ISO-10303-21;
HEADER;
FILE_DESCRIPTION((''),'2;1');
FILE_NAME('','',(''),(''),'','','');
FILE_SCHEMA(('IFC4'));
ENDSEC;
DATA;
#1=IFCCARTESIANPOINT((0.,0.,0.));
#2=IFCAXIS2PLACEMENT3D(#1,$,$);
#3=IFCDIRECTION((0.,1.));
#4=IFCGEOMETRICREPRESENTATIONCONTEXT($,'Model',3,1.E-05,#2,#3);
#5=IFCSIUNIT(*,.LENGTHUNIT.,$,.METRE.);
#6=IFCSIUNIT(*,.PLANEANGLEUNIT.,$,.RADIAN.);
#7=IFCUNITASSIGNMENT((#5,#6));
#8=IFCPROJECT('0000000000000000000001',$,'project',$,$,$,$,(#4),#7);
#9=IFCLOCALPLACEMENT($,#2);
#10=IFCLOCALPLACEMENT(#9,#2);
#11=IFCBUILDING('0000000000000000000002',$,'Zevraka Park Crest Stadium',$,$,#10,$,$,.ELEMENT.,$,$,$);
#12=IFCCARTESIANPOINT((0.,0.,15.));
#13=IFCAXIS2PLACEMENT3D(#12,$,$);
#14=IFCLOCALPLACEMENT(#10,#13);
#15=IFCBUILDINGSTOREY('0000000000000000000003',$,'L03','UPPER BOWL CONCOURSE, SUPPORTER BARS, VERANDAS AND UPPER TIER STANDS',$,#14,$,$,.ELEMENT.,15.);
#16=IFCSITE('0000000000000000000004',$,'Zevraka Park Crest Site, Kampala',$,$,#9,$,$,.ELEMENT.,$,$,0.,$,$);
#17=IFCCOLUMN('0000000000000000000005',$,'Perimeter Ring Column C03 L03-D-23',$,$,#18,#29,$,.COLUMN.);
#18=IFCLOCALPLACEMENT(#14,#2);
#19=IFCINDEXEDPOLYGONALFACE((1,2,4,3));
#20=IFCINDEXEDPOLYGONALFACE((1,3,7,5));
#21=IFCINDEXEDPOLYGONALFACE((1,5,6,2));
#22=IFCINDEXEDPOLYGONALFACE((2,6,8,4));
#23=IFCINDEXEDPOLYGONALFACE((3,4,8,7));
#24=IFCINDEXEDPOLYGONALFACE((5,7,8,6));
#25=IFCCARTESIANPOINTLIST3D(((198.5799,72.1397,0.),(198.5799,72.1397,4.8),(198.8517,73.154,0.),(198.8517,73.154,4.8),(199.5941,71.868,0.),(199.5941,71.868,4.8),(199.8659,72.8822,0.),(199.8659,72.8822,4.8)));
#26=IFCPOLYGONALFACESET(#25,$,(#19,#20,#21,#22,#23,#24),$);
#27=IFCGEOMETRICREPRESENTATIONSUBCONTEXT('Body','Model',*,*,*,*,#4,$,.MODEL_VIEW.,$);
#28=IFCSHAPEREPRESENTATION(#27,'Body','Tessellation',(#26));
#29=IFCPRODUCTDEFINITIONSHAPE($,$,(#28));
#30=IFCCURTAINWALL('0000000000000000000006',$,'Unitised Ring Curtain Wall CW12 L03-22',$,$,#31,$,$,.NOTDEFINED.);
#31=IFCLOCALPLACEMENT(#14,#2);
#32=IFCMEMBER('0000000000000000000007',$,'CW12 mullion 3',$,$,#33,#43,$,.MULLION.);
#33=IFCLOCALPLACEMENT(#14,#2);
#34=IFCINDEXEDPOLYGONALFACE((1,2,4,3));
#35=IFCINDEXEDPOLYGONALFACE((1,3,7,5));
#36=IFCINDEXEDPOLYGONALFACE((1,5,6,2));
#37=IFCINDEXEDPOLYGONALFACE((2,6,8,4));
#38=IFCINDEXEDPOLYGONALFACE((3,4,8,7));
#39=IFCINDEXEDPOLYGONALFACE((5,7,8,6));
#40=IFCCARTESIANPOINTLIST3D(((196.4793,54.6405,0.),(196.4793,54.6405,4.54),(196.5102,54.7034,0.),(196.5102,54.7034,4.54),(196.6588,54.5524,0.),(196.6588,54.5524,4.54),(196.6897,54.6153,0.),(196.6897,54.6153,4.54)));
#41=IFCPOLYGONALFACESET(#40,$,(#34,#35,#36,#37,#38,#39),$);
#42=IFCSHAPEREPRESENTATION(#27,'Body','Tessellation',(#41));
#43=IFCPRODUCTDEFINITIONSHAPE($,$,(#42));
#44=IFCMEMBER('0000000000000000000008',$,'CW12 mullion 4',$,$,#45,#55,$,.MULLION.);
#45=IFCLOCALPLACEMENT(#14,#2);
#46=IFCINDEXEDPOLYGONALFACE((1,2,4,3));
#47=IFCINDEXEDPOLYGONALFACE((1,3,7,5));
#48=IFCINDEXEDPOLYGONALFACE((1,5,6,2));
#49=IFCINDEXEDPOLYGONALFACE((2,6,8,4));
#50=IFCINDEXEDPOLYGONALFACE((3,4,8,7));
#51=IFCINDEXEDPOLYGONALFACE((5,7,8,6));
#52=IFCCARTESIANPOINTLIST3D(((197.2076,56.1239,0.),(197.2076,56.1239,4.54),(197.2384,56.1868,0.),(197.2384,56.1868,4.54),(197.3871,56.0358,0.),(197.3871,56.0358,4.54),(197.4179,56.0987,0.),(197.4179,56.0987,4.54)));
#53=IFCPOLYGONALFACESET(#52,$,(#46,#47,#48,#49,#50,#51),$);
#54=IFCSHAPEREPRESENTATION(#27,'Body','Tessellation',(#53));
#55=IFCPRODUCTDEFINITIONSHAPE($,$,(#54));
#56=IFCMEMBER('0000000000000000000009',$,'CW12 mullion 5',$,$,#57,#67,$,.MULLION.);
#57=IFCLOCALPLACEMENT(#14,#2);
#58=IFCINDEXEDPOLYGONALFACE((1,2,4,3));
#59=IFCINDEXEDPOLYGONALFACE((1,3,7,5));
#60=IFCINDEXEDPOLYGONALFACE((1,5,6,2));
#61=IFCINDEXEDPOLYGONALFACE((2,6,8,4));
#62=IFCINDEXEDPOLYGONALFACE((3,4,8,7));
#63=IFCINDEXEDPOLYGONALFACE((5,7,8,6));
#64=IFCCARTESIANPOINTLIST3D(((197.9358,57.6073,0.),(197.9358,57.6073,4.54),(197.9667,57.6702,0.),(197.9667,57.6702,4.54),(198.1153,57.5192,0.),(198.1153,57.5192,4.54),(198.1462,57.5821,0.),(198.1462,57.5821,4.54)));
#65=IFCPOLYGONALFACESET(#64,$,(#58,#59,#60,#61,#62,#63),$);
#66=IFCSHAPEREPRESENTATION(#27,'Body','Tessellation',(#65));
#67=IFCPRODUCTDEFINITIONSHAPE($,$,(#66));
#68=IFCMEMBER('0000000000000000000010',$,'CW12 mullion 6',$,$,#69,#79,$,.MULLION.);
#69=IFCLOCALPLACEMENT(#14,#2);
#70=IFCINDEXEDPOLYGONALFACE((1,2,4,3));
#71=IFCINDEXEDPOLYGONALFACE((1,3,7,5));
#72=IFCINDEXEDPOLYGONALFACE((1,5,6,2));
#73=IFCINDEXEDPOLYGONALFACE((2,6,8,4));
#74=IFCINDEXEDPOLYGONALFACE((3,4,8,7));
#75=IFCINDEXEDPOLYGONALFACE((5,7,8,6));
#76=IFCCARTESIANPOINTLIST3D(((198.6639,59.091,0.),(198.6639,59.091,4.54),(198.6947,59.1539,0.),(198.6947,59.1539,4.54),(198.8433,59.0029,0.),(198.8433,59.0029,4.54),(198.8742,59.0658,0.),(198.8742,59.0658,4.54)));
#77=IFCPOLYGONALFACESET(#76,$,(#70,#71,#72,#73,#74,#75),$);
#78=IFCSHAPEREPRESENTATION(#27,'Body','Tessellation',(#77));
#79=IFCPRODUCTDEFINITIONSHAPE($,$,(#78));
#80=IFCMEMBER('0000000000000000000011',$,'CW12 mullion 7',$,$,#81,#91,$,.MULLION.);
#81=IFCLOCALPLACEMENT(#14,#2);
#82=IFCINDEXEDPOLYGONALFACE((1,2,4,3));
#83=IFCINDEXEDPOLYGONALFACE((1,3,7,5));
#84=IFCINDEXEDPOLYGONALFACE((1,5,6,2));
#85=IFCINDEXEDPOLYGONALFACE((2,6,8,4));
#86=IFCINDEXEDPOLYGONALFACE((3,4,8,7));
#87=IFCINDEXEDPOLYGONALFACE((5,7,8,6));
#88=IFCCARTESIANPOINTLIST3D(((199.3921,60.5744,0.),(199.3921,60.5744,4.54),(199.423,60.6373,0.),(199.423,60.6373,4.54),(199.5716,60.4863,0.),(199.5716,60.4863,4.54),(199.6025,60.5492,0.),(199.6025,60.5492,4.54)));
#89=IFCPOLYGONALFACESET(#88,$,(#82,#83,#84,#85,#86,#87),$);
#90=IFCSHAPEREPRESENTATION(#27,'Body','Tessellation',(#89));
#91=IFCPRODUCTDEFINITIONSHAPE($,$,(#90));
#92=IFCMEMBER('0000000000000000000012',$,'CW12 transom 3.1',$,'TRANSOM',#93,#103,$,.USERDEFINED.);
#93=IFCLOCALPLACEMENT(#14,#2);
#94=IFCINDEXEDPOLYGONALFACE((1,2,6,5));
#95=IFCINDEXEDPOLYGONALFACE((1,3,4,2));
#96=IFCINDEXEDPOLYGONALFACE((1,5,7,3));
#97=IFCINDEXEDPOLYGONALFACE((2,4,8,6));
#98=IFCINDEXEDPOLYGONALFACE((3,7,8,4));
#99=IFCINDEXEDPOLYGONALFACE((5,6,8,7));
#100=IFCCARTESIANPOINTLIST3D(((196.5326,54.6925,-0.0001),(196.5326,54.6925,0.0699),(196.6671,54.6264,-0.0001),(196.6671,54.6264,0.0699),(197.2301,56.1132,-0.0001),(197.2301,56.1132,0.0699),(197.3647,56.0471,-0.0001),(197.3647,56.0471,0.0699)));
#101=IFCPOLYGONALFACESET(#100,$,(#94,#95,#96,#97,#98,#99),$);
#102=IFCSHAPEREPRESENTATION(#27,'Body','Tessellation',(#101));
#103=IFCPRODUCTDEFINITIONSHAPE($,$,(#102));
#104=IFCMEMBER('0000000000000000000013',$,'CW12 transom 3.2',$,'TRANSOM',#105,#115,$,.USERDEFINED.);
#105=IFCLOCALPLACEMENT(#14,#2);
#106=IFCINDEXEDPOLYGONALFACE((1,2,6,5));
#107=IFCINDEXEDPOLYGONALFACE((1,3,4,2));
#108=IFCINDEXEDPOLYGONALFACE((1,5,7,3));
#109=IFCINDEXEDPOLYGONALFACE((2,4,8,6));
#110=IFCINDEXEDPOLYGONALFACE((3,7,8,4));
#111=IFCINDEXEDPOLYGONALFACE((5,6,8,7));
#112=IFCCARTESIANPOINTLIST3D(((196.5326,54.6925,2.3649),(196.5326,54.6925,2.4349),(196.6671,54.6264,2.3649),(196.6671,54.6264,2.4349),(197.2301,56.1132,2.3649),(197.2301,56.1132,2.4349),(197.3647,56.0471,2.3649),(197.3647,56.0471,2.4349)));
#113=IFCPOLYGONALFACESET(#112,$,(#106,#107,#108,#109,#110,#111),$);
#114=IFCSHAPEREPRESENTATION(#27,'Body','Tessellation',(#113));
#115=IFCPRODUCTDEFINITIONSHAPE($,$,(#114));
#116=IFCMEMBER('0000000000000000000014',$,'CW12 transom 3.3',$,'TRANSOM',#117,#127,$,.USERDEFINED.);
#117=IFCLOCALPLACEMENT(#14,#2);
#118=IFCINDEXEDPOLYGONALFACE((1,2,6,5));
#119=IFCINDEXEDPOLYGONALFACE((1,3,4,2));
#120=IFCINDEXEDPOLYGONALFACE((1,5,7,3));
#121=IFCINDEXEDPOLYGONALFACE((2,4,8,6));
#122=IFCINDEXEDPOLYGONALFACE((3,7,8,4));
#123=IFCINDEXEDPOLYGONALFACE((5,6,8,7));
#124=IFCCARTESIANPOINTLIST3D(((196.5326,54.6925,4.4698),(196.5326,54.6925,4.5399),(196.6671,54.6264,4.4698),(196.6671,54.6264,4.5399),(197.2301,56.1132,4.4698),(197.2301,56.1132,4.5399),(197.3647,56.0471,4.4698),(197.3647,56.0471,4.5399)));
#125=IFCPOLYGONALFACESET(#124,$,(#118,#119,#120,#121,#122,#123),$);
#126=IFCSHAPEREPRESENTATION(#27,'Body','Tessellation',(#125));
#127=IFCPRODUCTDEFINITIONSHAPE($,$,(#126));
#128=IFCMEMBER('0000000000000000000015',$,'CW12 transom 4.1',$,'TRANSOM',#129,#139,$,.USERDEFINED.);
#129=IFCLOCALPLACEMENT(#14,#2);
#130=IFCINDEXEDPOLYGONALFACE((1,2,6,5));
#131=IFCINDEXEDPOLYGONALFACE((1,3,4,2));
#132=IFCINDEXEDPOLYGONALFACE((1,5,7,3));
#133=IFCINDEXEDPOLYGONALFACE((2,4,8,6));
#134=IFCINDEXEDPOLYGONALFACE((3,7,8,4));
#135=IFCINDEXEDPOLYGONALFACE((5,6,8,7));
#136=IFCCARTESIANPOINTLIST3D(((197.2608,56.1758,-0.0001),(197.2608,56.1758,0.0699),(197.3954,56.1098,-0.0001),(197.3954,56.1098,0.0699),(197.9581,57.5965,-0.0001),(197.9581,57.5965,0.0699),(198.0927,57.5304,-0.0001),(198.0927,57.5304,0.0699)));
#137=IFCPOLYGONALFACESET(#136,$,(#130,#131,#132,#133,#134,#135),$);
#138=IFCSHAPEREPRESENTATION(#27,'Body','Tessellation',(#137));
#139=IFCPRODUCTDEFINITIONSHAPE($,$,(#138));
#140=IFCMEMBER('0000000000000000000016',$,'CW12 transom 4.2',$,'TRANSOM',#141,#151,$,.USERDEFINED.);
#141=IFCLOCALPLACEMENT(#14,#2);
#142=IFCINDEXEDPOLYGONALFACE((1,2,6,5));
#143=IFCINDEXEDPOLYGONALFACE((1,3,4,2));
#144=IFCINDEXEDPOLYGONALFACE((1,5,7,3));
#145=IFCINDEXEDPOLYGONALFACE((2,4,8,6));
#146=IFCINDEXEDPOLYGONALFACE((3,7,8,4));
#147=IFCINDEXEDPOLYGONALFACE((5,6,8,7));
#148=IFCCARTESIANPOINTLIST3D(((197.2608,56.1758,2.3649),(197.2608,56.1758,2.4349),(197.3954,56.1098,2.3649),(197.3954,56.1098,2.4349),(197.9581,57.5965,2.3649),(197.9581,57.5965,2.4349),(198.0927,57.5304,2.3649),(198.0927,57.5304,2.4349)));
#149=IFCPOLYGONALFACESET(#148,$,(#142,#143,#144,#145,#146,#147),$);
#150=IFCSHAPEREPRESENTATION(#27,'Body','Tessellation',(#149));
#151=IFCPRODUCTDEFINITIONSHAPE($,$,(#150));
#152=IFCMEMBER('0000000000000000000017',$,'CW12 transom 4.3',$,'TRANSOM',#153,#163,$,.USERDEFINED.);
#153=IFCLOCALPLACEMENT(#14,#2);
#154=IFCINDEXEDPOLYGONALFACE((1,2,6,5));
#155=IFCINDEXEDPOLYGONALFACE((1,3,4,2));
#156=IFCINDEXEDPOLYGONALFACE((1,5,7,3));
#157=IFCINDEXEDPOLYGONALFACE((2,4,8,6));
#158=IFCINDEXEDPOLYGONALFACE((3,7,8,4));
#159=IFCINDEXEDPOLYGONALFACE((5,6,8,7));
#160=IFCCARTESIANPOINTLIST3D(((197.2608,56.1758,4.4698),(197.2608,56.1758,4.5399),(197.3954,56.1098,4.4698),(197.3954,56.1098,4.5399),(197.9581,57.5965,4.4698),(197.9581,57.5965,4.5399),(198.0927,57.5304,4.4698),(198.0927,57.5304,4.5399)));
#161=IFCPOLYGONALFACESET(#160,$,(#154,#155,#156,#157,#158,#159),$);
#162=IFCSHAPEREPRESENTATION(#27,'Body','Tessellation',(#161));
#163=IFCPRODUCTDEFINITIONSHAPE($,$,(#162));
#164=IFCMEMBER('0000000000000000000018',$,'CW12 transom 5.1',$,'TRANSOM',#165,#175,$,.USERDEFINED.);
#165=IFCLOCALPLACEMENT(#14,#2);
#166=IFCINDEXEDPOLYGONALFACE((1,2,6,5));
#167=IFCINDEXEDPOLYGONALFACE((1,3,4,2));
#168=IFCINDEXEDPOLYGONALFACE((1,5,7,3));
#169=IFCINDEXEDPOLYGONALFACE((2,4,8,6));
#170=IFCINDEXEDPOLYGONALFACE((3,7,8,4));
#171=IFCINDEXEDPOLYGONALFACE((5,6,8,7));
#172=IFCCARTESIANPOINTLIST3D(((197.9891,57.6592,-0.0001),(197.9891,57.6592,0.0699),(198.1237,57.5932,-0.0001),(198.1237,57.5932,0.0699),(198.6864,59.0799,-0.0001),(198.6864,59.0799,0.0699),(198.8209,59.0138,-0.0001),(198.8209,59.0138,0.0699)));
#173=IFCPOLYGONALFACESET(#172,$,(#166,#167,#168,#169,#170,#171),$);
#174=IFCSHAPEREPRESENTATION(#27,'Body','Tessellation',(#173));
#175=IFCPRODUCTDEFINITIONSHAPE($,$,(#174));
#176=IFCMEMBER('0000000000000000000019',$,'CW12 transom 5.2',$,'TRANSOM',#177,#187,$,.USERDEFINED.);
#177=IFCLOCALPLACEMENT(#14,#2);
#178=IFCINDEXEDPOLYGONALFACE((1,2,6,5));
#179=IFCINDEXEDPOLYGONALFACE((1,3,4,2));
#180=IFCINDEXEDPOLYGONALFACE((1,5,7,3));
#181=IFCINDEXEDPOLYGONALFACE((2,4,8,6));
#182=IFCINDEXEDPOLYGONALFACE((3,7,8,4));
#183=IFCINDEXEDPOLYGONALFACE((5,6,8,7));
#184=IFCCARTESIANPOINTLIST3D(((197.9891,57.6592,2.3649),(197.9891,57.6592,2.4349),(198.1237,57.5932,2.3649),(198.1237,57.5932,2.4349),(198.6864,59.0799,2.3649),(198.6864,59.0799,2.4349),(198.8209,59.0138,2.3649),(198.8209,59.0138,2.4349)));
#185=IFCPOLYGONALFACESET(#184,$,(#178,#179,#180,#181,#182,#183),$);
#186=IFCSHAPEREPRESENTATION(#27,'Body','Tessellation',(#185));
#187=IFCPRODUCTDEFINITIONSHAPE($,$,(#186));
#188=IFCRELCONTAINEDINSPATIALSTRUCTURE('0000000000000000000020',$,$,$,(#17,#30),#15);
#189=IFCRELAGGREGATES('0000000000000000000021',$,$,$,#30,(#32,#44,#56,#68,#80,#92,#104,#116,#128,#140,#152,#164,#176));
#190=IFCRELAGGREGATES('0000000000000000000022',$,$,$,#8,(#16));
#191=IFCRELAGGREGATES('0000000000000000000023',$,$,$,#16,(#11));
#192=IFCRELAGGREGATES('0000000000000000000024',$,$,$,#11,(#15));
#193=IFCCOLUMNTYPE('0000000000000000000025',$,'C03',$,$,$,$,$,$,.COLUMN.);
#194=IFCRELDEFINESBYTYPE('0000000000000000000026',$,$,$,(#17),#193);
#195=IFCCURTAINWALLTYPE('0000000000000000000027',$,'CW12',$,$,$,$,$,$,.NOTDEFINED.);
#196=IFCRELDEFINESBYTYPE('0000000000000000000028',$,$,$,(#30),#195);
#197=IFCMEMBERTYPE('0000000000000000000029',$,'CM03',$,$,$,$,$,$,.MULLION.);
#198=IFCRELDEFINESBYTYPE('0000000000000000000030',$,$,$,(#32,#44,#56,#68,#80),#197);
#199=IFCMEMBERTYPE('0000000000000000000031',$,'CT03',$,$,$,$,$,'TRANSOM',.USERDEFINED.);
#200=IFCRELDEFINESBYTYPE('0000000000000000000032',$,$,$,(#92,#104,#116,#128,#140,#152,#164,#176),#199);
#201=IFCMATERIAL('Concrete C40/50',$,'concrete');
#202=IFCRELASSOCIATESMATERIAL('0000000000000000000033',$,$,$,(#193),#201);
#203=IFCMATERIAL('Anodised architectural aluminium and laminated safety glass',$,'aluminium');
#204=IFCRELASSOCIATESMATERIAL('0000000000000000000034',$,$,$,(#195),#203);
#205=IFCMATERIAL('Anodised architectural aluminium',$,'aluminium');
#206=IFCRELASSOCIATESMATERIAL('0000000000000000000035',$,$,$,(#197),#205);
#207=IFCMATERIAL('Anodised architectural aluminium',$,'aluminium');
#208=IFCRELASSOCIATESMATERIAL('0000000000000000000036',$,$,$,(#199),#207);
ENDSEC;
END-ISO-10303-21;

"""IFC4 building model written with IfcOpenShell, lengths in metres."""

from ifc_helpers import new_model, si_unit, direction, frame, origin, origin_2d, place, context, subcontext, project, spatial, rectangle, extrude, material, material_profile, profile_set, type_object, element, aggregate, save


model = new_model("IFC4")

# Units and contexts
model_context = context("Model", 3, precision=1e-05, world=origin(), true_north=direction((0.0, 1.0)))
body_context = subcontext(model_context, "Body", "Model", "MODEL_VIEW")
ifc_project = project(units=[si_unit("LENGTHUNIT", "METRE"), si_unit("PLANEANGLEUNIT", "RADIAN")], contexts=[model_context])

# Site, building, storey
site_placement = place(None, origin())
site = spatial("IfcSite", under=ifc_project, at=site_placement, Name="Zevraka Park Crest Site, Kampala", CompositionType="ELEMENT", RefElevation=0.0)
building_placement = place(site_placement, origin())
building = spatial("IfcBuilding", under=site, at=building_placement, Name="Zevraka Park Crest Stadium", CompositionType="ELEMENT")
storey_placement = place(building_placement, frame((0.0, 0.0, 15.0)))
storey = spatial("IfcBuildingStorey", under=building, at=storey_placement, Name="L03", Description="UPPER BOWL CONCOURSE, SUPPORTER BARS, VERANDAS AND UPPER TIER STANDS", CompositionType="ELEMENT", Elevation=15.0)

# Column
ifc_material_1 = material(Name="Concrete C40/50", Category="concrete")
ifc_material_profile_1 = material_profile(ifc_material_1, rectangle(XDim=1.05, YDim=1.05, at=origin_2d()), Name="RC 1050x1050")
ifc_profile_set_1 = profile_set([ifc_material_profile_1], Name="Concrete C40/50")
column_type = type_object("IfcColumnType", Name="C03", PredefinedType="COLUMN", material=ifc_profile_set_1)
column_placement = place(storey_placement, frame((199.2229, 72.511, 0.0), z_axis=(0.0, 0.0, 1.0), x_axis=(-0.965926, 0.258819, 0.0)))
element("IfcColumn", 1, at=column_placement, inside=storey, type_object=column_type, Name="Perimeter Ring Column C03 L03-D-23", PredefinedType="COLUMN", context=body_context, shape_type="SweptSolid", body=[
    extrude(rectangle(XDim=1.05, YDim=1.05, at=origin_2d()), origin(), (0.0, 0.0, 1.0), 4.8),
])

# Curtain wall, members
ifc_material_2 = material(Name="Anodised architectural aluminium and laminated safety glass", Category="aluminium")
curtain_wall_type = type_object("IfcCurtainWallType", Name="CW12", PredefinedType="NOTDEFINED", material=ifc_material_2)
curtain_wall_placement = place(storey_placement, origin())
curtain_wall = element("IfcCurtainWall", 2, at=curtain_wall_placement, inside=storey, type_object=curtain_wall_type, Name="Unitised Ring Curtain Wall CW12 L03-22", PredefinedType="NOTDEFINED")
ifc_material_3 = material(Name="Anodised architectural aluminium", Category="aluminium")
ifc_material_profile_2 = material_profile(ifc_material_3, rectangle(XDim=0.2, YDim=0.0701, at=origin_2d()), Name="ALU MULLION 200x70")
ifc_profile_set_2 = profile_set([ifc_material_profile_2], Name="Anodised architectural aluminium")
member_type_1 = type_object("IfcMemberType", Name="CM03", PredefinedType="MULLION", material=ifc_profile_set_2)
member_1_placement = place(storey_placement, frame((196.5845, 54.6279, 0.0), z_axis=(0.0, 0.0, 1.0), x_axis=(-0.897671, 0.440666, 0.0)))
member_1 = element("IfcMember", 3, at=member_1_placement, type_object=member_type_1, Name="CW12 mullion 3", PredefinedType="MULLION", context=body_context, shape_type="SweptSolid", body=[
    extrude(rectangle(XDim=0.2, YDim=0.0701, at=origin_2d()), origin(), (0.0, 0.0, 1.0), 4.54),
])
member_2_placement = place(storey_placement, frame((197.3127, 56.1113, 0.0), z_axis=(0.0, 0.0, 1.0), x_axis=(-0.897671, 0.440666, 0.0)))
member_2 = element("IfcMember", 4, at=member_2_placement, type_object=member_type_1, Name="CW12 mullion 4", PredefinedType="MULLION", context=body_context, shape_type="SweptSolid", body=[
    extrude(rectangle(XDim=0.2, YDim=0.0701, at=origin_2d()), origin(), (0.0, 0.0, 1.0), 4.54),
])
member_3_placement = place(storey_placement, frame((198.041, 57.5947, 0.0), z_axis=(0.0, 0.0, 1.0), x_axis=(-0.897671, 0.440666, 0.0)))
member_3 = element("IfcMember", 5, at=member_3_placement, type_object=member_type_1, Name="CW12 mullion 5", PredefinedType="MULLION", context=body_context, shape_type="SweptSolid", body=[
    extrude(rectangle(XDim=0.2, YDim=0.0701, at=origin_2d()), origin(), (0.0, 0.0, 1.0), 4.54),
])
member_4_placement = place(storey_placement, frame((198.769, 59.0784, 0.0), z_axis=(0.0, 0.0, 1.0), x_axis=(-0.897671, 0.440666, 0.0)))
member_4 = element("IfcMember", 6, at=member_4_placement, type_object=member_type_1, Name="CW12 mullion 6", PredefinedType="MULLION", context=body_context, shape_type="SweptSolid", body=[
    extrude(rectangle(XDim=0.2, YDim=0.0701, at=origin_2d()), origin(), (0.0, 0.0, 1.0), 4.54),
])
member_5_placement = place(storey_placement, frame((199.4973, 60.5618, 0.0), z_axis=(0.0, 0.0, 1.0), x_axis=(-0.897671, 0.440666, 0.0)))
member_5 = element("IfcMember", 7, at=member_5_placement, type_object=member_type_1, Name="CW12 mullion 7", PredefinedType="MULLION", context=body_context, shape_type="SweptSolid", body=[
    extrude(rectangle(XDim=0.2, YDim=0.0701, at=origin_2d()), origin(), (0.0, 0.0, 1.0), 4.54),
])
ifc_material_4 = material(Name="Anodised architectural aluminium", Category="aluminium")
ifc_material_profile_3 = material_profile(ifc_material_4, rectangle(XDim=0.1499, YDim=0.0701, at=origin_2d()), Name="ALU TRANSOM 150x70")
ifc_profile_set_3 = profile_set([ifc_material_profile_3], Name="Anodised architectural aluminium")
member_type_2 = type_object("IfcMemberType", Name="CT03", ElementType="TRANSOM", PredefinedType="USERDEFINED", material=ifc_profile_set_3)
member_6_placement = place(storey_placement, frame((196.5999, 54.6594, 0.0349), z_axis=(0.440723, 0.897643, 0.0), x_axis=(-0.897643, 0.440723, 0.0)))
member_6 = element("IfcMember", 8, at=member_6_placement, type_object=member_type_2, Name="CW12 transom 3.1", ObjectType="TRANSOM", PredefinedType="USERDEFINED", context=body_context, shape_type="SweptSolid", body=[
    extrude(rectangle(XDim=0.1499, YDim=0.0701, at=origin_2d()), origin(), (0.0, 0.0, 1.0), 1.5828),
])
member_7_placement = place(storey_placement, frame((196.5999, 54.6594, 2.3999), z_axis=(0.440723, 0.897643, 0.0), x_axis=(-0.897643, 0.440723, 0.0)))
member_7 = element("IfcMember", 9, at=member_7_placement, type_object=member_type_2, Name="CW12 transom 3.2", ObjectType="TRANSOM", PredefinedType="USERDEFINED", context=body_context, shape_type="SweptSolid", body=[
    extrude(rectangle(XDim=0.1499, YDim=0.0701, at=origin_2d()), origin(), (0.0, 0.0, 1.0), 1.5828),
])
member_8_placement = place(storey_placement, frame((196.5999, 54.6594, 4.5049), z_axis=(0.440723, 0.897643, 0.0), x_axis=(-0.897643, 0.440723, 0.0)))
member_8 = element("IfcMember", 10, at=member_8_placement, type_object=member_type_2, Name="CW12 transom 3.3", ObjectType="TRANSOM", PredefinedType="USERDEFINED", context=body_context, shape_type="SweptSolid", body=[
    extrude(rectangle(XDim=0.1499, YDim=0.0701, at=origin_2d()), origin(), (0.0, 0.0, 1.0), 1.5828),
])
member_9_placement = place(storey_placement, frame((197.3281, 56.1428, 0.0349), z_axis=(0.440599, 0.897704, 0.0), x_axis=(-0.897704, 0.440599, 0.0)))
member_9 = element("IfcMember", 11, at=member_9_placement, type_object=member_type_2, Name="CW12 transom 4.1", ObjectType="TRANSOM", PredefinedType="USERDEFINED", context=body_context, shape_type="SweptSolid", body=[
    extrude(rectangle(XDim=0.1499, YDim=0.0701, at=origin_2d()), origin(), (0.0, 0.0, 1.0), 1.5825),
])
member_10_placement = place(storey_placement, frame((197.3281, 56.1428, 2.3999), z_axis=(0.440599, 0.897704, 0.0), x_axis=(-0.897704, 0.440599, 0.0)))
member_10 = element("IfcMember", 12, at=member_10_placement, type_object=member_type_2, Name="CW12 transom 4.2", ObjectType="TRANSOM", PredefinedType="USERDEFINED", context=body_context, shape_type="SweptSolid", body=[
    extrude(rectangle(XDim=0.1499, YDim=0.0701, at=origin_2d()), origin(), (0.0, 0.0, 1.0), 1.5825),
])
member_11_placement = place(storey_placement, frame((197.3281, 56.1428, 4.5049), z_axis=(0.440599, 0.897704, 0.0), x_axis=(-0.897704, 0.440599, 0.0)))
member_11 = element("IfcMember", 13, at=member_11_placement, type_object=member_type_2, Name="CW12 transom 4.3", ObjectType="TRANSOM", PredefinedType="USERDEFINED", context=body_context, shape_type="SweptSolid", body=[
    extrude(rectangle(XDim=0.1499, YDim=0.0701, at=origin_2d()), origin(), (0.0, 0.0, 1.0), 1.5825),
])
member_12_placement = place(storey_placement, frame((198.0564, 57.6262, 0.0349), z_axis=(0.440599, 0.897704, 0.0), x_axis=(-0.897704, 0.440599, 0.0)))
member_12 = element("IfcMember", 14, at=member_12_placement, type_object=member_type_2, Name="CW12 transom 5.1", ObjectType="TRANSOM", PredefinedType="USERDEFINED", context=body_context, shape_type="SweptSolid", body=[
    extrude(rectangle(XDim=0.1499, YDim=0.0701, at=origin_2d()), origin(), (0.0, 0.0, 1.0), 1.5825),
])
member_13_placement = place(storey_placement, frame((198.0564, 57.6262, 2.3999), z_axis=(0.440599, 0.897704, 0.0), x_axis=(-0.897704, 0.440599, 0.0)))
member_13 = element("IfcMember", 15, at=member_13_placement, type_object=member_type_2, Name="CW12 transom 5.2", ObjectType="TRANSOM", PredefinedType="USERDEFINED", context=body_context, shape_type="SweptSolid", body=[
    extrude(rectangle(XDim=0.1499, YDim=0.0701, at=origin_2d()), origin(), (0.0, 0.0, 1.0), 1.5825),
])

aggregate(curtain_wall, [member_1, member_2, member_3, member_4, member_5, member_6, member_7, member_8, member_9, member_10, member_11, member_12, member_13])

save(model, "model.ifc")
